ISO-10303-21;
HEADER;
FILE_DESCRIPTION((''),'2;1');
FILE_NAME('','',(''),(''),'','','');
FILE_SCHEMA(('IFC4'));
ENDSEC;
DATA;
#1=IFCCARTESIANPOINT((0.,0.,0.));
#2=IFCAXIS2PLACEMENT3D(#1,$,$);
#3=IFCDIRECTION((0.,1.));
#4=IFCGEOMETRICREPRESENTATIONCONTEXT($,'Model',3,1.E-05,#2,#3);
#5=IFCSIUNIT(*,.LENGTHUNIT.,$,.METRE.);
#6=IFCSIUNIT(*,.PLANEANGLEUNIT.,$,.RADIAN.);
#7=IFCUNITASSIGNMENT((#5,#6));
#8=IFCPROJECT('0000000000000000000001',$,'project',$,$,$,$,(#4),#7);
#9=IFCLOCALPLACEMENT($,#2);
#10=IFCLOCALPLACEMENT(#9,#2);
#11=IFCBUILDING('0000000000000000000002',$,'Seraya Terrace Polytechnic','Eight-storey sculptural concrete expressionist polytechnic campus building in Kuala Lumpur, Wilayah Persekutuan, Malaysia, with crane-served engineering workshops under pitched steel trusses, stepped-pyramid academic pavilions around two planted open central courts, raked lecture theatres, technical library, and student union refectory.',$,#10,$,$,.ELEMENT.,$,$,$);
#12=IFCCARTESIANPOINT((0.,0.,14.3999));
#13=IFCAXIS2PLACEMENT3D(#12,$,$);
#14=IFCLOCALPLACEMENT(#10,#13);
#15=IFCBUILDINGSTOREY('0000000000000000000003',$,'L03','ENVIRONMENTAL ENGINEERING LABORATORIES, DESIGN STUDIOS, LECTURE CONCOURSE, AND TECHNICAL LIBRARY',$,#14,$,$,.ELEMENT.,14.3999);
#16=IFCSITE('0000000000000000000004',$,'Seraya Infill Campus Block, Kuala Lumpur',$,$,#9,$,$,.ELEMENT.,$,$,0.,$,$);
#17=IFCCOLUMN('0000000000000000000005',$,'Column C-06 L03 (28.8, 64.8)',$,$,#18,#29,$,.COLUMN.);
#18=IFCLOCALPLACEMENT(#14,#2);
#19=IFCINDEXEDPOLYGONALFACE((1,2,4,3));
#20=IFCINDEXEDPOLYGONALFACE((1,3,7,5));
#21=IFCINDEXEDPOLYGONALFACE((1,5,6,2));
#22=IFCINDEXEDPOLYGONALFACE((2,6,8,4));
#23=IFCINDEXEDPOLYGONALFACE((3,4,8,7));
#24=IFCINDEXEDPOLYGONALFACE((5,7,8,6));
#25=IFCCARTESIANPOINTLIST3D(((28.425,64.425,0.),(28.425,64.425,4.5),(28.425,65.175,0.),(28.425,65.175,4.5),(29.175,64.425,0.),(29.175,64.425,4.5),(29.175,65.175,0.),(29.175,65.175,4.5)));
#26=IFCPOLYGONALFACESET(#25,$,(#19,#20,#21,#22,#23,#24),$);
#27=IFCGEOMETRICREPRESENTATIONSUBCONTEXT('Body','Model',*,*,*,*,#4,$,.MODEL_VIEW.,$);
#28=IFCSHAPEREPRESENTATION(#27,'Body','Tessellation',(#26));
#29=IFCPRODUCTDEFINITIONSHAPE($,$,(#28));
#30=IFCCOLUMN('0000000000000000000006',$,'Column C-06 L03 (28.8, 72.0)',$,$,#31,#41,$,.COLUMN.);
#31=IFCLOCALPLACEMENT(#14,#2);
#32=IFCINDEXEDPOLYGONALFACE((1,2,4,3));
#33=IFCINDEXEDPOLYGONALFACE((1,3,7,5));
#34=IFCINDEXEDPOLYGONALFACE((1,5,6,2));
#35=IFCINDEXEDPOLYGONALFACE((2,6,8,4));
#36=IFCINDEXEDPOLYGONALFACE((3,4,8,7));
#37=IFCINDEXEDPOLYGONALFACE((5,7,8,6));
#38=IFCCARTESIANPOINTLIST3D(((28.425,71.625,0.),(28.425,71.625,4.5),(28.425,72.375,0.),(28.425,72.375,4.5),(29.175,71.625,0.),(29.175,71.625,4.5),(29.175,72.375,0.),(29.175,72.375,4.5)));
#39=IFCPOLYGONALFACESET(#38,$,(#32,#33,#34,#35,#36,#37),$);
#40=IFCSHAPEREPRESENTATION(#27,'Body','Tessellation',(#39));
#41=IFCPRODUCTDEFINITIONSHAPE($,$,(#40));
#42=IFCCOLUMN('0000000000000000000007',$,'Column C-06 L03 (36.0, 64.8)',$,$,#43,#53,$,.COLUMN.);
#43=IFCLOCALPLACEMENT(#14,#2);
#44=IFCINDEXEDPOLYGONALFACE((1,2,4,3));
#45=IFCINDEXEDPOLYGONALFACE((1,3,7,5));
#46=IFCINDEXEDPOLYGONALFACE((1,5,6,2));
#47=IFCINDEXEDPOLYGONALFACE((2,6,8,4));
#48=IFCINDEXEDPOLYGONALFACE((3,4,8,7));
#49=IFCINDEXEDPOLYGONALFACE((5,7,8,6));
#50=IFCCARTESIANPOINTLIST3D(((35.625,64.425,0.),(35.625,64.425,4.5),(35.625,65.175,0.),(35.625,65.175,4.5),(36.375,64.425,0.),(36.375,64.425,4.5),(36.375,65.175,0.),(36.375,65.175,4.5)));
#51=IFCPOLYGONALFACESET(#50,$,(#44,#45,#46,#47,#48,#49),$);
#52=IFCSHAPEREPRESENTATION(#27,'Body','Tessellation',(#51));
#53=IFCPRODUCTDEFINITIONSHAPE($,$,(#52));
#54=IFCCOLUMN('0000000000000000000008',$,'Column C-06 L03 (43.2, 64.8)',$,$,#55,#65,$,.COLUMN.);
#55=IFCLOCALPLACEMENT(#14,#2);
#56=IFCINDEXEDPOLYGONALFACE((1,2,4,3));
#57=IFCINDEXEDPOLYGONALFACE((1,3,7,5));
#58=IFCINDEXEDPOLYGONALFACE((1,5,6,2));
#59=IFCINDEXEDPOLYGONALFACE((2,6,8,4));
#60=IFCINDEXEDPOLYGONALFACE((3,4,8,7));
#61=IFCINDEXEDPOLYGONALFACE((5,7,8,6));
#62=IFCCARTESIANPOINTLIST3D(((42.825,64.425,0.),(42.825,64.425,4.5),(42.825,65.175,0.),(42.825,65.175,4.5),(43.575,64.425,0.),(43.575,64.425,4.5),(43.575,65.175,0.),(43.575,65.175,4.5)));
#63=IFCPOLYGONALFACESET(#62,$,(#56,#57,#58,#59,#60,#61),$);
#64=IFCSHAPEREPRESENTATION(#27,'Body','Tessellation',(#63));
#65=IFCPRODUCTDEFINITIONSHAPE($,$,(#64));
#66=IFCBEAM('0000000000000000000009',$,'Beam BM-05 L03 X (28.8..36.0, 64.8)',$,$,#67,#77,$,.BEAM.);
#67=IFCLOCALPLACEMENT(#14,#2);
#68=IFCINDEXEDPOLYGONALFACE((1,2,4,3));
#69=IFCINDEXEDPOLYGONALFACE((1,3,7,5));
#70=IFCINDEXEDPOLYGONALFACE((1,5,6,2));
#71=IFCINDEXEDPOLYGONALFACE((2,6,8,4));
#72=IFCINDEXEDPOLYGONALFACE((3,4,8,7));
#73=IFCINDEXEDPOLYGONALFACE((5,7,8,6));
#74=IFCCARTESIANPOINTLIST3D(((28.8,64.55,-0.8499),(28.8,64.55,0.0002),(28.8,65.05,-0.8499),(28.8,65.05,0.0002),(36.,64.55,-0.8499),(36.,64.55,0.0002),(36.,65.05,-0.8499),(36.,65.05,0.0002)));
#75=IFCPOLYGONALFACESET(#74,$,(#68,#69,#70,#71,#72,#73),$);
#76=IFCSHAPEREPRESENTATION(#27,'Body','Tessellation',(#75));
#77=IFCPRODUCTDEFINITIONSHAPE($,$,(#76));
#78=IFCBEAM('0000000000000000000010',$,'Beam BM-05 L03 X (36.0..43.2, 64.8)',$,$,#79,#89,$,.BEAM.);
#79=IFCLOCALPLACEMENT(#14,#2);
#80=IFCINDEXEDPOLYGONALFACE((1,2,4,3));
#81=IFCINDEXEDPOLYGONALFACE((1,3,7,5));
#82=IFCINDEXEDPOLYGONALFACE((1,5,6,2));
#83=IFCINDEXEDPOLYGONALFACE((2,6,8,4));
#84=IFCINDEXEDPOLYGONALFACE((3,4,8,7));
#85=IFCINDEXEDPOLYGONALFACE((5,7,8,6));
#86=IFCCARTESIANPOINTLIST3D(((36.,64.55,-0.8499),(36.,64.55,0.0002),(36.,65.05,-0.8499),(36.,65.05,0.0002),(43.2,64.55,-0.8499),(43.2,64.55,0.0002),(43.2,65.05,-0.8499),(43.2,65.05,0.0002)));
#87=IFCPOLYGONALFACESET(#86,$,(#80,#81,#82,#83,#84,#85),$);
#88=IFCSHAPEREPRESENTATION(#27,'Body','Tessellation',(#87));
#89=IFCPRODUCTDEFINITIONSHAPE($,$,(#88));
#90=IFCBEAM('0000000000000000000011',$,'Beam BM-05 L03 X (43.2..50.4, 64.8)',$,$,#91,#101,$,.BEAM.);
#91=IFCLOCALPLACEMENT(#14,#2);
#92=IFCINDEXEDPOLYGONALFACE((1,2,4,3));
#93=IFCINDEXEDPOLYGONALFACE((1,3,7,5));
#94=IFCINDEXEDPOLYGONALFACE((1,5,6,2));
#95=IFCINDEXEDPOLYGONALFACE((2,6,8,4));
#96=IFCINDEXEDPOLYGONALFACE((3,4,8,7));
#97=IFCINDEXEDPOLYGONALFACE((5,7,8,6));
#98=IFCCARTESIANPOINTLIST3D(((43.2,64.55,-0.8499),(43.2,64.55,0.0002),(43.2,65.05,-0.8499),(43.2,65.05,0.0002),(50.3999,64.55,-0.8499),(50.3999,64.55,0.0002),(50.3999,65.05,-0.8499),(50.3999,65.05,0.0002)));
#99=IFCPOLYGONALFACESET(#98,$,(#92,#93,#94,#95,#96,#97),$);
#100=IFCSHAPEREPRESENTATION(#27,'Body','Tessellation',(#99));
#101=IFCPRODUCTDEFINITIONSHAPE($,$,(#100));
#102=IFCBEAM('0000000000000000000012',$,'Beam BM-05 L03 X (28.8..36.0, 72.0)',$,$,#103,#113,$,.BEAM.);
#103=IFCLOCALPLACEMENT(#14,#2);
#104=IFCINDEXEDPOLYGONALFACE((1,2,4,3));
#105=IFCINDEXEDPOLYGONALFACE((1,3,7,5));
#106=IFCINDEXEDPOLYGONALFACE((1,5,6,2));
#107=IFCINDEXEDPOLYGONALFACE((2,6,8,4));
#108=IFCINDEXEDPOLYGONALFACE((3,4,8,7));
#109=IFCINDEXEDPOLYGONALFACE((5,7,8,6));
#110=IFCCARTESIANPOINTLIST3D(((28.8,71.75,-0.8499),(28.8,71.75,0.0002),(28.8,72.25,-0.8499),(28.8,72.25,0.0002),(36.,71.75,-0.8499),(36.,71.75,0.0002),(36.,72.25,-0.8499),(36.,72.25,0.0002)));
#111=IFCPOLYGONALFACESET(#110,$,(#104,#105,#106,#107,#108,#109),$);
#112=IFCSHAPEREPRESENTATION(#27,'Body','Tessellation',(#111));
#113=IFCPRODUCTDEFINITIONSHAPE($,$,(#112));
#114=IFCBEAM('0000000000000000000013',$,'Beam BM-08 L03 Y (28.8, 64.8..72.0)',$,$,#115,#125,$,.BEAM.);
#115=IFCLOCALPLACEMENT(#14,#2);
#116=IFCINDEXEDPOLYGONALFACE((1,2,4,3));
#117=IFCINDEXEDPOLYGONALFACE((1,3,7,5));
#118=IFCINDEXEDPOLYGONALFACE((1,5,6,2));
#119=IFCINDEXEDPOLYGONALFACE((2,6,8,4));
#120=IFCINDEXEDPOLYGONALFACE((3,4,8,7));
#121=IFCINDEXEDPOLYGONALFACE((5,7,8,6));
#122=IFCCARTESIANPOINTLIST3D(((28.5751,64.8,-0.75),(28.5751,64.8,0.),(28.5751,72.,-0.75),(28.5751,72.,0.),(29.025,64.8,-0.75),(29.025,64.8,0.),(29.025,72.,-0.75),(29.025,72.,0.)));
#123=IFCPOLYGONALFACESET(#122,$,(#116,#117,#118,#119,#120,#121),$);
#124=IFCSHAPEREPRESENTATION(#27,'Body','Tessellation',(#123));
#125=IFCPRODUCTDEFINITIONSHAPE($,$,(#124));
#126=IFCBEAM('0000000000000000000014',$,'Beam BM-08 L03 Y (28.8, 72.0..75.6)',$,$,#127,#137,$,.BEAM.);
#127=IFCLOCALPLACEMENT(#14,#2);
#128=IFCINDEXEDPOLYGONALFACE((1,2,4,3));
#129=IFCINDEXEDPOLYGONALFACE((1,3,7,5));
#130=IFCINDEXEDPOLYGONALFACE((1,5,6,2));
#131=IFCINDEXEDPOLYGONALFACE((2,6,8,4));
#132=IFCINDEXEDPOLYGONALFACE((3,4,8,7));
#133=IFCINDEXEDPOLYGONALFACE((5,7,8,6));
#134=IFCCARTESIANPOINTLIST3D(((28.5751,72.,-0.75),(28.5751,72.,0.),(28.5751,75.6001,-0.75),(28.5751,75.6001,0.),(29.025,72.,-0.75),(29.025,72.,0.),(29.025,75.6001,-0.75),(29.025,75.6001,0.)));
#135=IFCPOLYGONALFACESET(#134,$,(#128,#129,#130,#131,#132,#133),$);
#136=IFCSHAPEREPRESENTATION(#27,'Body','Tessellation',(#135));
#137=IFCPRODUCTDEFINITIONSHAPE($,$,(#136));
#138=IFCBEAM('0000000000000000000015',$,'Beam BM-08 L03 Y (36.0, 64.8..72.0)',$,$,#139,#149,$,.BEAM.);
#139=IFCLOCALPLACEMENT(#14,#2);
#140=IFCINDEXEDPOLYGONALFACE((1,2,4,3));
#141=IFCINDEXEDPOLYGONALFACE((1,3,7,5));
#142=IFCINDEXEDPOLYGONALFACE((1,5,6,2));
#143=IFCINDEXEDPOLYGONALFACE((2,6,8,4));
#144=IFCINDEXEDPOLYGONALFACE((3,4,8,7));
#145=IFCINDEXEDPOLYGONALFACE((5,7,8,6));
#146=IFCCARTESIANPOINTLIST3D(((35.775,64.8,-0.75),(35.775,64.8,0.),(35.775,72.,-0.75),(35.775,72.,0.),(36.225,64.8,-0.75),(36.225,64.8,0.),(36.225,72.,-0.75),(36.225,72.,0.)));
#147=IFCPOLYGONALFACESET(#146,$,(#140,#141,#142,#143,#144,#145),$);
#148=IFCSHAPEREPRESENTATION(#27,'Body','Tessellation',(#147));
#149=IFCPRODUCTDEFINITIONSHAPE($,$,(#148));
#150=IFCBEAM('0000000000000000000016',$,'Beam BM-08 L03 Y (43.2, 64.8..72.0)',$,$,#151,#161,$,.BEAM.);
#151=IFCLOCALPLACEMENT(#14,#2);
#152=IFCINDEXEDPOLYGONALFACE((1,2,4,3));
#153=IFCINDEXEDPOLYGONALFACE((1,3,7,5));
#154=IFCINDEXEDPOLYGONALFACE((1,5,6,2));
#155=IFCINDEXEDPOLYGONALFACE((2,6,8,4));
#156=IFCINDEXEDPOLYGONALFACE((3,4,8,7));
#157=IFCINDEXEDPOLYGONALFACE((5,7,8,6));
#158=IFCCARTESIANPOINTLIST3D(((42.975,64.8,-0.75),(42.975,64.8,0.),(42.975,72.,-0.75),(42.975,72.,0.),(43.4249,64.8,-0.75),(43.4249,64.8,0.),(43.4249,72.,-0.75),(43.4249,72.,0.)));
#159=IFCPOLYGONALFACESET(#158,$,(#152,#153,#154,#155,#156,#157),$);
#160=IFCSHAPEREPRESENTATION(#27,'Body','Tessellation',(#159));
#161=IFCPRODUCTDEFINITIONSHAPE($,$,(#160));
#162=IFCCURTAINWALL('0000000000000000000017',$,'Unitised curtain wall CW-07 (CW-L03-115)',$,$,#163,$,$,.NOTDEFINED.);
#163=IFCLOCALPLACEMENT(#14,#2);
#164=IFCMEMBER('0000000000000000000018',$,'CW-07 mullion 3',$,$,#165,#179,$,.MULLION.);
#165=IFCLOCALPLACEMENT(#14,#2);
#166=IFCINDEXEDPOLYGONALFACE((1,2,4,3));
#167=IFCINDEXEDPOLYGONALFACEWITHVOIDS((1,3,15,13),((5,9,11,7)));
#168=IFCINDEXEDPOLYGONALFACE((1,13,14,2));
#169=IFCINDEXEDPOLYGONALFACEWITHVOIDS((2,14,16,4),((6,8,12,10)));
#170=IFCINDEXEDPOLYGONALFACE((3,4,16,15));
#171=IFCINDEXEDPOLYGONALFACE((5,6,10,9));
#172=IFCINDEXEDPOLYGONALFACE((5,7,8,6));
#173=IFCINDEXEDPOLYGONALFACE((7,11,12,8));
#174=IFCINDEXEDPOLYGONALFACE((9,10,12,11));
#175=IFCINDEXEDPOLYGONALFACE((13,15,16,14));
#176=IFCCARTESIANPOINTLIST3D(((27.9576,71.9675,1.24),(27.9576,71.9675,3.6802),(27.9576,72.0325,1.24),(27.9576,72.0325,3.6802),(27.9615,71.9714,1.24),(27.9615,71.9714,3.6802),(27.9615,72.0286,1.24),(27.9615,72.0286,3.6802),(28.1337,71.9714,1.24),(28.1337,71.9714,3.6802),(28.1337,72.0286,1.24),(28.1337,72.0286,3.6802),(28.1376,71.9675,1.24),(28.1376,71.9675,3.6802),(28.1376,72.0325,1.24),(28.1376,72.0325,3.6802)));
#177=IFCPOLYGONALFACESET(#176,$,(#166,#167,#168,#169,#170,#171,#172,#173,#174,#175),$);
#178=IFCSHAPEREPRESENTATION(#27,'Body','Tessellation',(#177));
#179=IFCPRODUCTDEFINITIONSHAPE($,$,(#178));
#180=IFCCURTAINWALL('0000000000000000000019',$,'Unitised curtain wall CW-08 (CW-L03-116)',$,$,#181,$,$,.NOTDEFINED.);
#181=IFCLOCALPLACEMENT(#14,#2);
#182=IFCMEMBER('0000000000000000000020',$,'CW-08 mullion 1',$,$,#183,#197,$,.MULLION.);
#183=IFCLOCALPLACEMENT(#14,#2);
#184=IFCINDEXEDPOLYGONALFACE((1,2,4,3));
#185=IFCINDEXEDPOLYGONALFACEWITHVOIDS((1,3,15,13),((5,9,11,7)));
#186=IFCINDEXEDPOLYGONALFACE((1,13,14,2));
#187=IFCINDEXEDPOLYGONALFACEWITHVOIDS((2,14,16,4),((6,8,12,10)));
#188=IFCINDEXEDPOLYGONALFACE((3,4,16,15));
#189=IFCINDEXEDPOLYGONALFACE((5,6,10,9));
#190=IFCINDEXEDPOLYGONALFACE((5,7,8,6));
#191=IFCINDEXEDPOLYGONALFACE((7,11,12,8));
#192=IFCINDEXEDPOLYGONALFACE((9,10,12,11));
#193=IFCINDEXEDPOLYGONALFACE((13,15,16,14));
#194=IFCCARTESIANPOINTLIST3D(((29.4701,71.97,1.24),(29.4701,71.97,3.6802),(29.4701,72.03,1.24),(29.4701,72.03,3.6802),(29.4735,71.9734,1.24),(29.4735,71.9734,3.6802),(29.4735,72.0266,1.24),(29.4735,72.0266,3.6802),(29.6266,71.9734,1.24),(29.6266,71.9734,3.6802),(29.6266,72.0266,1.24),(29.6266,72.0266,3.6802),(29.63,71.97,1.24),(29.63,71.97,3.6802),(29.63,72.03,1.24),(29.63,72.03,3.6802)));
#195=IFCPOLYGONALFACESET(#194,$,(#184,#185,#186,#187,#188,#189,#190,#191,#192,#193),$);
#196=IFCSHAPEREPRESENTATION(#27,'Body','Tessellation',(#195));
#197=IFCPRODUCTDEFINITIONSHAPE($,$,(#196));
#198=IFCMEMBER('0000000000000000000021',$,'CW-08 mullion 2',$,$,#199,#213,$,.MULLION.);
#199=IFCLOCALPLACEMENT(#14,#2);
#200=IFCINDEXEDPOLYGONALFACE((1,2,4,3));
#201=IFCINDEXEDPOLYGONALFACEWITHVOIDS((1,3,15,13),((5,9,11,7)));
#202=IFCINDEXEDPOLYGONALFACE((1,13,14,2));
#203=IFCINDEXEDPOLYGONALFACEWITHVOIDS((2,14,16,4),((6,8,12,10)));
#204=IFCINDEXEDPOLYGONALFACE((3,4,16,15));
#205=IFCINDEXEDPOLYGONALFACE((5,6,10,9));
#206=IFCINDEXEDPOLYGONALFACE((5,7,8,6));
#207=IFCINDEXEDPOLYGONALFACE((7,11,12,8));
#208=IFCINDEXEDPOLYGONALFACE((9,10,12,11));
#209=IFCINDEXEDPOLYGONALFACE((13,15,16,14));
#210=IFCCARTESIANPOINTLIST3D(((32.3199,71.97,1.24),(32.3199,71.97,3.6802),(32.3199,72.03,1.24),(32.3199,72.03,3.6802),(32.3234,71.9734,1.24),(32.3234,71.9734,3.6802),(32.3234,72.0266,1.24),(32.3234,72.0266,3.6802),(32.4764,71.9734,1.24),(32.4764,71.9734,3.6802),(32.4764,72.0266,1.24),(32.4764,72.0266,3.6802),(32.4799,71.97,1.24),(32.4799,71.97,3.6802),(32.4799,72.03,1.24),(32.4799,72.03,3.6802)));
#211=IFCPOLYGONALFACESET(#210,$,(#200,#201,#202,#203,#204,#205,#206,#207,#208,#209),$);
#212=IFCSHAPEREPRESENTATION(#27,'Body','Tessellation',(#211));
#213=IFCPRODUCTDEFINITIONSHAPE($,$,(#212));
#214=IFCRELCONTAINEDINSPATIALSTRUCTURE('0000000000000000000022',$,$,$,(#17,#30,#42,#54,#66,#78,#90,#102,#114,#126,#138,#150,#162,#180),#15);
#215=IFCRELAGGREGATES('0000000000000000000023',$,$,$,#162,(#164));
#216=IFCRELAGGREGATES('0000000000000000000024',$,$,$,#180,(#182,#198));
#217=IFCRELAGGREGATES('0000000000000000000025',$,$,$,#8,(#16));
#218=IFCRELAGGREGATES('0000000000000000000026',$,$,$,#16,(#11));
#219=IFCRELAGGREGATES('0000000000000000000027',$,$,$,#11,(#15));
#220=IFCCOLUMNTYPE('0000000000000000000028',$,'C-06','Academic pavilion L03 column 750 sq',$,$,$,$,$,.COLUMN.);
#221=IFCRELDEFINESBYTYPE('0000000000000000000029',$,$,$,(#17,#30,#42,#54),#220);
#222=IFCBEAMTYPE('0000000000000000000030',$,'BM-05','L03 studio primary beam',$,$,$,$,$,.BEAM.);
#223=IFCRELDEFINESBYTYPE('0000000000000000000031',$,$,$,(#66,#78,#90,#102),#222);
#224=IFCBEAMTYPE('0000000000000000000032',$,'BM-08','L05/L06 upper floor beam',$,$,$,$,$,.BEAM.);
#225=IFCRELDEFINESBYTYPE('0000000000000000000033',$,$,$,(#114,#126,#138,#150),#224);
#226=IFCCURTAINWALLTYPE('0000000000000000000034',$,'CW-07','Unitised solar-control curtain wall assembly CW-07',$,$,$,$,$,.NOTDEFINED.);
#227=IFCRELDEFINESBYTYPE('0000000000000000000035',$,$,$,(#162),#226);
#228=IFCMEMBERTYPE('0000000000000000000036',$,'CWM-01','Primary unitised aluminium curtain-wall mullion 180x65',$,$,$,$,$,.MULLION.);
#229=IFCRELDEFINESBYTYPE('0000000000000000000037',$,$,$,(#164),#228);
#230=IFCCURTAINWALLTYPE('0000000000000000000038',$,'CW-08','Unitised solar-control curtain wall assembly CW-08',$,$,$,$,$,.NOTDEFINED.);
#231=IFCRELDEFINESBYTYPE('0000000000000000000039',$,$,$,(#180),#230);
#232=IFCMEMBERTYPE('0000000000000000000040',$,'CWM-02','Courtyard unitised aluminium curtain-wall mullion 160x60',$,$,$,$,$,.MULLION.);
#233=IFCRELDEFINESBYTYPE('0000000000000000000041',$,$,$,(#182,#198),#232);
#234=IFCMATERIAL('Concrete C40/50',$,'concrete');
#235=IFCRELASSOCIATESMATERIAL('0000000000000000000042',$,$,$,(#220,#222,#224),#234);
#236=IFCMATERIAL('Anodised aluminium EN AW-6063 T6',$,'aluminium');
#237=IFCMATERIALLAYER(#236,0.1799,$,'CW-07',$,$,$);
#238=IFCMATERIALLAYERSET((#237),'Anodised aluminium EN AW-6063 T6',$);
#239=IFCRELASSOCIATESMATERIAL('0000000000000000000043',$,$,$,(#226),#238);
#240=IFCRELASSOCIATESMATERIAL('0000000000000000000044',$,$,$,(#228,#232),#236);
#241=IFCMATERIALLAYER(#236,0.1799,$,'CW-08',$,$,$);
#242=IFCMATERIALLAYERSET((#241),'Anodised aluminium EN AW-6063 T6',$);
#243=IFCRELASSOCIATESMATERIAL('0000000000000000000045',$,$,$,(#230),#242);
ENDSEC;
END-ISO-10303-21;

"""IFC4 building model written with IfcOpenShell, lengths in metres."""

from ifc_helpers import new_model, si_unit, direction, frame, origin, origin_2d, place, context, subcontext, project, spatial, rectangle, hollow_rectangle, extrude, material, layer, layer_set, material_profile, profile_set, type_object, element, aggregate, save


model = new_model("IFC4")

# Units and contexts
model_context = context("Model", 3, precision=1e-05, world=origin(), true_north=direction((0.0, 1.0)))
body_context = subcontext(model_context, "Body", "Model", "MODEL_VIEW")
ifc_project = project(units=[si_unit("LENGTHUNIT", "METRE"), si_unit("PLANEANGLEUNIT", "RADIAN")], contexts=[model_context])

# Site, building, storey
site_placement = place(None, origin())
site = spatial("IfcSite", under=ifc_project, at=site_placement, Name="Seraya Infill Campus Block, Kuala Lumpur", CompositionType="ELEMENT", RefElevation=0.0)
building_placement = place(site_placement, origin())
building = spatial("IfcBuilding", under=site, at=building_placement, Name="Seraya Terrace Polytechnic", Description="Eight-storey sculptural concrete expressionist polytechnic campus building in Kuala Lumpur, Wilayah Persekutuan, Malaysia, with crane-served engineering workshops under pitched steel trusses, stepped-pyramid academic pavilions around two planted open central courts, raked lecture theatres, technical library, and student union refectory.", CompositionType="ELEMENT")
storey_placement = place(building_placement, frame((0.0, 0.0, 14.3999)))
storey = spatial("IfcBuildingStorey", under=building, at=storey_placement, Name="L03", Description="ENVIRONMENTAL ENGINEERING LABORATORIES, DESIGN STUDIOS, LECTURE CONCOURSE, AND TECHNICAL LIBRARY", CompositionType="ELEMENT", Elevation=14.3999)

# Columns
ifc_material_1 = material(Name="Concrete C40/50", Category="concrete")
ifc_material_profile_1 = material_profile(ifc_material_1, rectangle(XDim=0.75, YDim=0.75, at=origin_2d()), Name="RC 750x750")
ifc_profile_set_1 = profile_set([ifc_material_profile_1], Name="Concrete C40/50")
column_type = type_object("IfcColumnType", Name="C-06", Description="Academic pavilion L03 column 750 sq", PredefinedType="COLUMN", material=ifc_profile_set_1)
for number, where, z_axis, x_axis, name in (
    (1, (28.8, 64.8, 0.0), (0.0, 0.0, 1.0), (1.0, 0.0, 0.0), "Column C-06 L03 (28.8, 64.8)"),
    (2, (28.8, 72.0, 0.0), (0.0, 0.0, 1.0), (1.0, 0.0, 0.0), "Column C-06 L03 (28.8, 72.0)"),
    (3, (36.0, 64.8, 0.0), (0.0, 0.0, 1.0), (1.0, 0.0, 0.0), "Column C-06 L03 (36.0, 64.8)"),
    (4, (43.2, 64.8, 0.0), (0.0, 0.0, 1.0), (1.0, 0.0, 0.0), "Column C-06 L03 (43.2, 64.8)"),
):
    element("IfcColumn", number, at=place(storey_placement, frame(where, z_axis=z_axis, x_axis=x_axis)), inside=storey, type_object=column_type, Name=name, PredefinedType="COLUMN", context=body_context, shape_type="SweptSolid", body=[
        extrude(rectangle(XDim=0.75, YDim=0.75, at=origin_2d()), origin(), (0.0, 0.0, 1.0), 4.5),
    ])

# Beams
ifc_material_profile_2 = material_profile(ifc_material_1, rectangle(XDim=0.5, YDim=0.8501, at=origin_2d()), Name="RC 500x850")
ifc_profile_set_2 = profile_set([ifc_material_profile_2], Name="Concrete C40/50")
beam_type_1 = type_object("IfcBeamType", Name="BM-05", Description="L03 studio primary beam", PredefinedType="BEAM", material=ifc_profile_set_2)
for number, where, z_axis, x_axis, name in (
    (5, (28.8, 64.8, -0.4248), (1.0, 0.0, 0.0), (0.0, 1.0, 0.0), "Beam BM-05 L03 X (28.8..36.0, 64.8)"),
    (6, (36.0, 64.8, -0.4248), (1.0, 0.0, 0.0), (0.0, 1.0, 0.0), "Beam BM-05 L03 X (36.0..43.2, 64.8)"),
    (7, (43.2, 64.8, -0.4248), (1.0, 0.0, 0.0), (0.0, 1.0, 0.0), "Beam BM-05 L03 X (43.2..50.4, 64.8)"),
    (8, (28.8, 72.0, -0.4248), (1.0, 0.0, 0.0), (0.0, 1.0, 0.0), "Beam BM-05 L03 X (28.8..36.0, 72.0)"),
):
    element("IfcBeam", number, at=place(storey_placement, frame(where, z_axis=z_axis, x_axis=x_axis)), inside=storey, type_object=beam_type_1, Name=name, PredefinedType="BEAM", context=body_context, shape_type="SweptSolid", body=[
        extrude(rectangle(XDim=0.5, YDim=0.8501, at=origin_2d()), origin(), (0.0, 0.0, 1.0), 7.2),
    ])
ifc_material_profile_3 = material_profile(ifc_material_1, rectangle(XDim=0.45, YDim=0.75, at=origin_2d()), Name="RC 450x750")
ifc_profile_set_3 = profile_set([ifc_material_profile_3], Name="Concrete C40/50")
beam_type_2 = type_object("IfcBeamType", Name="BM-08", Description="L05/L06 upper floor beam", PredefinedType="BEAM", material=ifc_profile_set_3)
beam_1_placement = place(storey_placement, frame((28.8, 64.8, -0.375), z_axis=(0.0, 1.0, 0.0), x_axis=(-1.0, 0.0, 0.0)))
element("IfcBeam", 9, at=beam_1_placement, inside=storey, type_object=beam_type_2, Name="Beam BM-08 L03 Y (28.8, 64.8..72.0)", PredefinedType="BEAM", context=body_context, shape_type="SweptSolid", body=[
    extrude(rectangle(XDim=0.45, YDim=0.75, at=origin_2d()), origin(), (0.0, 0.0, 1.0), 7.2),
])
beam_2_placement = place(storey_placement, frame((28.8, 72.0, -0.375), z_axis=(0.0, 1.0, 0.0), x_axis=(-1.0, 0.0, 0.0)))
element("IfcBeam", 10, at=beam_2_placement, inside=storey, type_object=beam_type_2, Name="Beam BM-08 L03 Y (28.8, 72.0..75.6)", PredefinedType="BEAM", context=body_context, shape_type="SweptSolid", body=[
    extrude(rectangle(XDim=0.45, YDim=0.75, at=origin_2d()), origin(), (0.0, 0.0, 1.0), 3.6001),
])
for number, where, z_axis, x_axis, name in (
    (11, (36.0, 64.8, -0.375), (0.0, 1.0, 0.0), (-1.0, 0.0, 0.0), "Beam BM-08 L03 Y (36.0, 64.8..72.0)"),
    (12, (43.2, 64.8, -0.375), (0.0, 1.0, 0.0), (-1.0, 0.0, 0.0), "Beam BM-08 L03 Y (43.2, 64.8..72.0)"),
):
    element("IfcBeam", number, at=place(storey_placement, frame(where, z_axis=z_axis, x_axis=x_axis)), inside=storey, type_object=beam_type_2, Name=name, PredefinedType="BEAM", context=body_context, shape_type="SweptSolid", body=[
        extrude(rectangle(XDim=0.45, YDim=0.75, at=origin_2d()), origin(), (0.0, 0.0, 1.0), 7.2),
    ])

# Curtain wall, member
ifc_material_2 = material(Name="Anodised aluminium EN AW-6063 T6", Category="aluminium")
ifc_layer_1 = layer(ifc_material_2, 0.1799, Name="CW-07")
ifc_layer_set_1 = layer_set([ifc_layer_1], Name="Anodised aluminium EN AW-6063 T6")
curtain_wall_type_1 = type_object("IfcCurtainWallType", Name="CW-07", Description="Unitised solar-control curtain wall assembly CW-07", PredefinedType="NOTDEFINED", material=ifc_layer_set_1)
curtain_wall_1_placement = place(storey_placement, origin())
curtain_wall_1 = element("IfcCurtainWall", 13, at=curtain_wall_1_placement, inside=storey, type_object=curtain_wall_type_1, Name="Unitised curtain wall CW-07 (CW-L03-115)", PredefinedType="NOTDEFINED")
ifc_material_profile_4 = material_profile(ifc_material_2, hollow_rectangle(XDim=0.0649, YDim=0.1799, WallThickness=0.0039, at=origin_2d()), Name="RHS 180x65x4.0")
ifc_profile_set_4 = profile_set([ifc_material_profile_4], Name="Anodised aluminium EN AW-6063 T6")
member_type_1 = type_object("IfcMemberType", Name="CWM-01", Description="Primary unitised aluminium curtain-wall mullion 180x65", PredefinedType="MULLION", material=ifc_profile_set_4)
member_1_placement = place(storey_placement, frame((28.0476, 72.0, 1.24), z_axis=(0.0, 0.0, 1.0), x_axis=(0.0, 1.0, 0.0)))
member_1 = element("IfcMember", 14, at=member_1_placement, type_object=member_type_1, Name="CW-07 mullion 3", PredefinedType="MULLION", context=body_context, shape_type="SweptSolid", body=[
    extrude(hollow_rectangle(XDim=0.0649, YDim=0.1799, WallThickness=0.0039, at=origin_2d()), origin(), (0.0, 0.0, 1.0), 2.4402),
])

# Curtain wall, members
ifc_layer_2 = layer(ifc_material_2, 0.1799, Name="CW-08")
ifc_layer_set_2 = layer_set([ifc_layer_2], Name="Anodised aluminium EN AW-6063 T6")
curtain_wall_type_2 = type_object("IfcCurtainWallType", Name="CW-08", Description="Unitised solar-control curtain wall assembly CW-08", PredefinedType="NOTDEFINED", material=ifc_layer_set_2)
curtain_wall_2_placement = place(storey_placement, origin())
curtain_wall_2 = element("IfcCurtainWall", 15, at=curtain_wall_2_placement, inside=storey, type_object=curtain_wall_type_2, Name="Unitised curtain wall CW-08 (CW-L03-116)", PredefinedType="NOTDEFINED")
ifc_material_profile_5 = material_profile(ifc_material_2, hollow_rectangle(XDim=0.0601, YDim=0.1599, WallThickness=0.0034, at=origin_2d()), Name="RHS 160x60x3.5")
ifc_profile_set_5 = profile_set([ifc_material_profile_5], Name="Anodised aluminium EN AW-6063 T6")
member_type_2 = type_object("IfcMemberType", Name="CWM-02", Description="Courtyard unitised aluminium curtain-wall mullion 160x60", PredefinedType="MULLION", material=ifc_profile_set_5)
member_2_placement = place(storey_placement, frame((29.55, 72.0, 1.24), z_axis=(0.0, 0.0, 1.0), x_axis=(0.0, 1.0, 0.0)))
member_2 = element("IfcMember", 16, at=member_2_placement, type_object=member_type_2, Name="CW-08 mullion 1", PredefinedType="MULLION", context=body_context, shape_type="SweptSolid", body=[
    extrude(hollow_rectangle(XDim=0.0601, YDim=0.1599, WallThickness=0.0034, at=origin_2d()), origin(), (0.0, 0.0, 1.0), 2.4402),
])
member_3_placement = place(storey_placement, frame((32.3999, 72.0, 1.24), z_axis=(0.0, 0.0, 1.0), x_axis=(0.0, 1.0, 0.0)))
member_3 = element("IfcMember", 17, at=member_3_placement, type_object=member_type_2, Name="CW-08 mullion 2", PredefinedType="MULLION", context=body_context, shape_type="SweptSolid", body=[
    extrude(hollow_rectangle(XDim=0.0601, YDim=0.1599, WallThickness=0.0034, at=origin_2d()), origin(), (0.0, 0.0, 1.0), 2.4402),
])

aggregate(curtain_wall_1, [member_1])
aggregate(curtain_wall_2, [member_2, member_3])

save(model, "model.ifc")
